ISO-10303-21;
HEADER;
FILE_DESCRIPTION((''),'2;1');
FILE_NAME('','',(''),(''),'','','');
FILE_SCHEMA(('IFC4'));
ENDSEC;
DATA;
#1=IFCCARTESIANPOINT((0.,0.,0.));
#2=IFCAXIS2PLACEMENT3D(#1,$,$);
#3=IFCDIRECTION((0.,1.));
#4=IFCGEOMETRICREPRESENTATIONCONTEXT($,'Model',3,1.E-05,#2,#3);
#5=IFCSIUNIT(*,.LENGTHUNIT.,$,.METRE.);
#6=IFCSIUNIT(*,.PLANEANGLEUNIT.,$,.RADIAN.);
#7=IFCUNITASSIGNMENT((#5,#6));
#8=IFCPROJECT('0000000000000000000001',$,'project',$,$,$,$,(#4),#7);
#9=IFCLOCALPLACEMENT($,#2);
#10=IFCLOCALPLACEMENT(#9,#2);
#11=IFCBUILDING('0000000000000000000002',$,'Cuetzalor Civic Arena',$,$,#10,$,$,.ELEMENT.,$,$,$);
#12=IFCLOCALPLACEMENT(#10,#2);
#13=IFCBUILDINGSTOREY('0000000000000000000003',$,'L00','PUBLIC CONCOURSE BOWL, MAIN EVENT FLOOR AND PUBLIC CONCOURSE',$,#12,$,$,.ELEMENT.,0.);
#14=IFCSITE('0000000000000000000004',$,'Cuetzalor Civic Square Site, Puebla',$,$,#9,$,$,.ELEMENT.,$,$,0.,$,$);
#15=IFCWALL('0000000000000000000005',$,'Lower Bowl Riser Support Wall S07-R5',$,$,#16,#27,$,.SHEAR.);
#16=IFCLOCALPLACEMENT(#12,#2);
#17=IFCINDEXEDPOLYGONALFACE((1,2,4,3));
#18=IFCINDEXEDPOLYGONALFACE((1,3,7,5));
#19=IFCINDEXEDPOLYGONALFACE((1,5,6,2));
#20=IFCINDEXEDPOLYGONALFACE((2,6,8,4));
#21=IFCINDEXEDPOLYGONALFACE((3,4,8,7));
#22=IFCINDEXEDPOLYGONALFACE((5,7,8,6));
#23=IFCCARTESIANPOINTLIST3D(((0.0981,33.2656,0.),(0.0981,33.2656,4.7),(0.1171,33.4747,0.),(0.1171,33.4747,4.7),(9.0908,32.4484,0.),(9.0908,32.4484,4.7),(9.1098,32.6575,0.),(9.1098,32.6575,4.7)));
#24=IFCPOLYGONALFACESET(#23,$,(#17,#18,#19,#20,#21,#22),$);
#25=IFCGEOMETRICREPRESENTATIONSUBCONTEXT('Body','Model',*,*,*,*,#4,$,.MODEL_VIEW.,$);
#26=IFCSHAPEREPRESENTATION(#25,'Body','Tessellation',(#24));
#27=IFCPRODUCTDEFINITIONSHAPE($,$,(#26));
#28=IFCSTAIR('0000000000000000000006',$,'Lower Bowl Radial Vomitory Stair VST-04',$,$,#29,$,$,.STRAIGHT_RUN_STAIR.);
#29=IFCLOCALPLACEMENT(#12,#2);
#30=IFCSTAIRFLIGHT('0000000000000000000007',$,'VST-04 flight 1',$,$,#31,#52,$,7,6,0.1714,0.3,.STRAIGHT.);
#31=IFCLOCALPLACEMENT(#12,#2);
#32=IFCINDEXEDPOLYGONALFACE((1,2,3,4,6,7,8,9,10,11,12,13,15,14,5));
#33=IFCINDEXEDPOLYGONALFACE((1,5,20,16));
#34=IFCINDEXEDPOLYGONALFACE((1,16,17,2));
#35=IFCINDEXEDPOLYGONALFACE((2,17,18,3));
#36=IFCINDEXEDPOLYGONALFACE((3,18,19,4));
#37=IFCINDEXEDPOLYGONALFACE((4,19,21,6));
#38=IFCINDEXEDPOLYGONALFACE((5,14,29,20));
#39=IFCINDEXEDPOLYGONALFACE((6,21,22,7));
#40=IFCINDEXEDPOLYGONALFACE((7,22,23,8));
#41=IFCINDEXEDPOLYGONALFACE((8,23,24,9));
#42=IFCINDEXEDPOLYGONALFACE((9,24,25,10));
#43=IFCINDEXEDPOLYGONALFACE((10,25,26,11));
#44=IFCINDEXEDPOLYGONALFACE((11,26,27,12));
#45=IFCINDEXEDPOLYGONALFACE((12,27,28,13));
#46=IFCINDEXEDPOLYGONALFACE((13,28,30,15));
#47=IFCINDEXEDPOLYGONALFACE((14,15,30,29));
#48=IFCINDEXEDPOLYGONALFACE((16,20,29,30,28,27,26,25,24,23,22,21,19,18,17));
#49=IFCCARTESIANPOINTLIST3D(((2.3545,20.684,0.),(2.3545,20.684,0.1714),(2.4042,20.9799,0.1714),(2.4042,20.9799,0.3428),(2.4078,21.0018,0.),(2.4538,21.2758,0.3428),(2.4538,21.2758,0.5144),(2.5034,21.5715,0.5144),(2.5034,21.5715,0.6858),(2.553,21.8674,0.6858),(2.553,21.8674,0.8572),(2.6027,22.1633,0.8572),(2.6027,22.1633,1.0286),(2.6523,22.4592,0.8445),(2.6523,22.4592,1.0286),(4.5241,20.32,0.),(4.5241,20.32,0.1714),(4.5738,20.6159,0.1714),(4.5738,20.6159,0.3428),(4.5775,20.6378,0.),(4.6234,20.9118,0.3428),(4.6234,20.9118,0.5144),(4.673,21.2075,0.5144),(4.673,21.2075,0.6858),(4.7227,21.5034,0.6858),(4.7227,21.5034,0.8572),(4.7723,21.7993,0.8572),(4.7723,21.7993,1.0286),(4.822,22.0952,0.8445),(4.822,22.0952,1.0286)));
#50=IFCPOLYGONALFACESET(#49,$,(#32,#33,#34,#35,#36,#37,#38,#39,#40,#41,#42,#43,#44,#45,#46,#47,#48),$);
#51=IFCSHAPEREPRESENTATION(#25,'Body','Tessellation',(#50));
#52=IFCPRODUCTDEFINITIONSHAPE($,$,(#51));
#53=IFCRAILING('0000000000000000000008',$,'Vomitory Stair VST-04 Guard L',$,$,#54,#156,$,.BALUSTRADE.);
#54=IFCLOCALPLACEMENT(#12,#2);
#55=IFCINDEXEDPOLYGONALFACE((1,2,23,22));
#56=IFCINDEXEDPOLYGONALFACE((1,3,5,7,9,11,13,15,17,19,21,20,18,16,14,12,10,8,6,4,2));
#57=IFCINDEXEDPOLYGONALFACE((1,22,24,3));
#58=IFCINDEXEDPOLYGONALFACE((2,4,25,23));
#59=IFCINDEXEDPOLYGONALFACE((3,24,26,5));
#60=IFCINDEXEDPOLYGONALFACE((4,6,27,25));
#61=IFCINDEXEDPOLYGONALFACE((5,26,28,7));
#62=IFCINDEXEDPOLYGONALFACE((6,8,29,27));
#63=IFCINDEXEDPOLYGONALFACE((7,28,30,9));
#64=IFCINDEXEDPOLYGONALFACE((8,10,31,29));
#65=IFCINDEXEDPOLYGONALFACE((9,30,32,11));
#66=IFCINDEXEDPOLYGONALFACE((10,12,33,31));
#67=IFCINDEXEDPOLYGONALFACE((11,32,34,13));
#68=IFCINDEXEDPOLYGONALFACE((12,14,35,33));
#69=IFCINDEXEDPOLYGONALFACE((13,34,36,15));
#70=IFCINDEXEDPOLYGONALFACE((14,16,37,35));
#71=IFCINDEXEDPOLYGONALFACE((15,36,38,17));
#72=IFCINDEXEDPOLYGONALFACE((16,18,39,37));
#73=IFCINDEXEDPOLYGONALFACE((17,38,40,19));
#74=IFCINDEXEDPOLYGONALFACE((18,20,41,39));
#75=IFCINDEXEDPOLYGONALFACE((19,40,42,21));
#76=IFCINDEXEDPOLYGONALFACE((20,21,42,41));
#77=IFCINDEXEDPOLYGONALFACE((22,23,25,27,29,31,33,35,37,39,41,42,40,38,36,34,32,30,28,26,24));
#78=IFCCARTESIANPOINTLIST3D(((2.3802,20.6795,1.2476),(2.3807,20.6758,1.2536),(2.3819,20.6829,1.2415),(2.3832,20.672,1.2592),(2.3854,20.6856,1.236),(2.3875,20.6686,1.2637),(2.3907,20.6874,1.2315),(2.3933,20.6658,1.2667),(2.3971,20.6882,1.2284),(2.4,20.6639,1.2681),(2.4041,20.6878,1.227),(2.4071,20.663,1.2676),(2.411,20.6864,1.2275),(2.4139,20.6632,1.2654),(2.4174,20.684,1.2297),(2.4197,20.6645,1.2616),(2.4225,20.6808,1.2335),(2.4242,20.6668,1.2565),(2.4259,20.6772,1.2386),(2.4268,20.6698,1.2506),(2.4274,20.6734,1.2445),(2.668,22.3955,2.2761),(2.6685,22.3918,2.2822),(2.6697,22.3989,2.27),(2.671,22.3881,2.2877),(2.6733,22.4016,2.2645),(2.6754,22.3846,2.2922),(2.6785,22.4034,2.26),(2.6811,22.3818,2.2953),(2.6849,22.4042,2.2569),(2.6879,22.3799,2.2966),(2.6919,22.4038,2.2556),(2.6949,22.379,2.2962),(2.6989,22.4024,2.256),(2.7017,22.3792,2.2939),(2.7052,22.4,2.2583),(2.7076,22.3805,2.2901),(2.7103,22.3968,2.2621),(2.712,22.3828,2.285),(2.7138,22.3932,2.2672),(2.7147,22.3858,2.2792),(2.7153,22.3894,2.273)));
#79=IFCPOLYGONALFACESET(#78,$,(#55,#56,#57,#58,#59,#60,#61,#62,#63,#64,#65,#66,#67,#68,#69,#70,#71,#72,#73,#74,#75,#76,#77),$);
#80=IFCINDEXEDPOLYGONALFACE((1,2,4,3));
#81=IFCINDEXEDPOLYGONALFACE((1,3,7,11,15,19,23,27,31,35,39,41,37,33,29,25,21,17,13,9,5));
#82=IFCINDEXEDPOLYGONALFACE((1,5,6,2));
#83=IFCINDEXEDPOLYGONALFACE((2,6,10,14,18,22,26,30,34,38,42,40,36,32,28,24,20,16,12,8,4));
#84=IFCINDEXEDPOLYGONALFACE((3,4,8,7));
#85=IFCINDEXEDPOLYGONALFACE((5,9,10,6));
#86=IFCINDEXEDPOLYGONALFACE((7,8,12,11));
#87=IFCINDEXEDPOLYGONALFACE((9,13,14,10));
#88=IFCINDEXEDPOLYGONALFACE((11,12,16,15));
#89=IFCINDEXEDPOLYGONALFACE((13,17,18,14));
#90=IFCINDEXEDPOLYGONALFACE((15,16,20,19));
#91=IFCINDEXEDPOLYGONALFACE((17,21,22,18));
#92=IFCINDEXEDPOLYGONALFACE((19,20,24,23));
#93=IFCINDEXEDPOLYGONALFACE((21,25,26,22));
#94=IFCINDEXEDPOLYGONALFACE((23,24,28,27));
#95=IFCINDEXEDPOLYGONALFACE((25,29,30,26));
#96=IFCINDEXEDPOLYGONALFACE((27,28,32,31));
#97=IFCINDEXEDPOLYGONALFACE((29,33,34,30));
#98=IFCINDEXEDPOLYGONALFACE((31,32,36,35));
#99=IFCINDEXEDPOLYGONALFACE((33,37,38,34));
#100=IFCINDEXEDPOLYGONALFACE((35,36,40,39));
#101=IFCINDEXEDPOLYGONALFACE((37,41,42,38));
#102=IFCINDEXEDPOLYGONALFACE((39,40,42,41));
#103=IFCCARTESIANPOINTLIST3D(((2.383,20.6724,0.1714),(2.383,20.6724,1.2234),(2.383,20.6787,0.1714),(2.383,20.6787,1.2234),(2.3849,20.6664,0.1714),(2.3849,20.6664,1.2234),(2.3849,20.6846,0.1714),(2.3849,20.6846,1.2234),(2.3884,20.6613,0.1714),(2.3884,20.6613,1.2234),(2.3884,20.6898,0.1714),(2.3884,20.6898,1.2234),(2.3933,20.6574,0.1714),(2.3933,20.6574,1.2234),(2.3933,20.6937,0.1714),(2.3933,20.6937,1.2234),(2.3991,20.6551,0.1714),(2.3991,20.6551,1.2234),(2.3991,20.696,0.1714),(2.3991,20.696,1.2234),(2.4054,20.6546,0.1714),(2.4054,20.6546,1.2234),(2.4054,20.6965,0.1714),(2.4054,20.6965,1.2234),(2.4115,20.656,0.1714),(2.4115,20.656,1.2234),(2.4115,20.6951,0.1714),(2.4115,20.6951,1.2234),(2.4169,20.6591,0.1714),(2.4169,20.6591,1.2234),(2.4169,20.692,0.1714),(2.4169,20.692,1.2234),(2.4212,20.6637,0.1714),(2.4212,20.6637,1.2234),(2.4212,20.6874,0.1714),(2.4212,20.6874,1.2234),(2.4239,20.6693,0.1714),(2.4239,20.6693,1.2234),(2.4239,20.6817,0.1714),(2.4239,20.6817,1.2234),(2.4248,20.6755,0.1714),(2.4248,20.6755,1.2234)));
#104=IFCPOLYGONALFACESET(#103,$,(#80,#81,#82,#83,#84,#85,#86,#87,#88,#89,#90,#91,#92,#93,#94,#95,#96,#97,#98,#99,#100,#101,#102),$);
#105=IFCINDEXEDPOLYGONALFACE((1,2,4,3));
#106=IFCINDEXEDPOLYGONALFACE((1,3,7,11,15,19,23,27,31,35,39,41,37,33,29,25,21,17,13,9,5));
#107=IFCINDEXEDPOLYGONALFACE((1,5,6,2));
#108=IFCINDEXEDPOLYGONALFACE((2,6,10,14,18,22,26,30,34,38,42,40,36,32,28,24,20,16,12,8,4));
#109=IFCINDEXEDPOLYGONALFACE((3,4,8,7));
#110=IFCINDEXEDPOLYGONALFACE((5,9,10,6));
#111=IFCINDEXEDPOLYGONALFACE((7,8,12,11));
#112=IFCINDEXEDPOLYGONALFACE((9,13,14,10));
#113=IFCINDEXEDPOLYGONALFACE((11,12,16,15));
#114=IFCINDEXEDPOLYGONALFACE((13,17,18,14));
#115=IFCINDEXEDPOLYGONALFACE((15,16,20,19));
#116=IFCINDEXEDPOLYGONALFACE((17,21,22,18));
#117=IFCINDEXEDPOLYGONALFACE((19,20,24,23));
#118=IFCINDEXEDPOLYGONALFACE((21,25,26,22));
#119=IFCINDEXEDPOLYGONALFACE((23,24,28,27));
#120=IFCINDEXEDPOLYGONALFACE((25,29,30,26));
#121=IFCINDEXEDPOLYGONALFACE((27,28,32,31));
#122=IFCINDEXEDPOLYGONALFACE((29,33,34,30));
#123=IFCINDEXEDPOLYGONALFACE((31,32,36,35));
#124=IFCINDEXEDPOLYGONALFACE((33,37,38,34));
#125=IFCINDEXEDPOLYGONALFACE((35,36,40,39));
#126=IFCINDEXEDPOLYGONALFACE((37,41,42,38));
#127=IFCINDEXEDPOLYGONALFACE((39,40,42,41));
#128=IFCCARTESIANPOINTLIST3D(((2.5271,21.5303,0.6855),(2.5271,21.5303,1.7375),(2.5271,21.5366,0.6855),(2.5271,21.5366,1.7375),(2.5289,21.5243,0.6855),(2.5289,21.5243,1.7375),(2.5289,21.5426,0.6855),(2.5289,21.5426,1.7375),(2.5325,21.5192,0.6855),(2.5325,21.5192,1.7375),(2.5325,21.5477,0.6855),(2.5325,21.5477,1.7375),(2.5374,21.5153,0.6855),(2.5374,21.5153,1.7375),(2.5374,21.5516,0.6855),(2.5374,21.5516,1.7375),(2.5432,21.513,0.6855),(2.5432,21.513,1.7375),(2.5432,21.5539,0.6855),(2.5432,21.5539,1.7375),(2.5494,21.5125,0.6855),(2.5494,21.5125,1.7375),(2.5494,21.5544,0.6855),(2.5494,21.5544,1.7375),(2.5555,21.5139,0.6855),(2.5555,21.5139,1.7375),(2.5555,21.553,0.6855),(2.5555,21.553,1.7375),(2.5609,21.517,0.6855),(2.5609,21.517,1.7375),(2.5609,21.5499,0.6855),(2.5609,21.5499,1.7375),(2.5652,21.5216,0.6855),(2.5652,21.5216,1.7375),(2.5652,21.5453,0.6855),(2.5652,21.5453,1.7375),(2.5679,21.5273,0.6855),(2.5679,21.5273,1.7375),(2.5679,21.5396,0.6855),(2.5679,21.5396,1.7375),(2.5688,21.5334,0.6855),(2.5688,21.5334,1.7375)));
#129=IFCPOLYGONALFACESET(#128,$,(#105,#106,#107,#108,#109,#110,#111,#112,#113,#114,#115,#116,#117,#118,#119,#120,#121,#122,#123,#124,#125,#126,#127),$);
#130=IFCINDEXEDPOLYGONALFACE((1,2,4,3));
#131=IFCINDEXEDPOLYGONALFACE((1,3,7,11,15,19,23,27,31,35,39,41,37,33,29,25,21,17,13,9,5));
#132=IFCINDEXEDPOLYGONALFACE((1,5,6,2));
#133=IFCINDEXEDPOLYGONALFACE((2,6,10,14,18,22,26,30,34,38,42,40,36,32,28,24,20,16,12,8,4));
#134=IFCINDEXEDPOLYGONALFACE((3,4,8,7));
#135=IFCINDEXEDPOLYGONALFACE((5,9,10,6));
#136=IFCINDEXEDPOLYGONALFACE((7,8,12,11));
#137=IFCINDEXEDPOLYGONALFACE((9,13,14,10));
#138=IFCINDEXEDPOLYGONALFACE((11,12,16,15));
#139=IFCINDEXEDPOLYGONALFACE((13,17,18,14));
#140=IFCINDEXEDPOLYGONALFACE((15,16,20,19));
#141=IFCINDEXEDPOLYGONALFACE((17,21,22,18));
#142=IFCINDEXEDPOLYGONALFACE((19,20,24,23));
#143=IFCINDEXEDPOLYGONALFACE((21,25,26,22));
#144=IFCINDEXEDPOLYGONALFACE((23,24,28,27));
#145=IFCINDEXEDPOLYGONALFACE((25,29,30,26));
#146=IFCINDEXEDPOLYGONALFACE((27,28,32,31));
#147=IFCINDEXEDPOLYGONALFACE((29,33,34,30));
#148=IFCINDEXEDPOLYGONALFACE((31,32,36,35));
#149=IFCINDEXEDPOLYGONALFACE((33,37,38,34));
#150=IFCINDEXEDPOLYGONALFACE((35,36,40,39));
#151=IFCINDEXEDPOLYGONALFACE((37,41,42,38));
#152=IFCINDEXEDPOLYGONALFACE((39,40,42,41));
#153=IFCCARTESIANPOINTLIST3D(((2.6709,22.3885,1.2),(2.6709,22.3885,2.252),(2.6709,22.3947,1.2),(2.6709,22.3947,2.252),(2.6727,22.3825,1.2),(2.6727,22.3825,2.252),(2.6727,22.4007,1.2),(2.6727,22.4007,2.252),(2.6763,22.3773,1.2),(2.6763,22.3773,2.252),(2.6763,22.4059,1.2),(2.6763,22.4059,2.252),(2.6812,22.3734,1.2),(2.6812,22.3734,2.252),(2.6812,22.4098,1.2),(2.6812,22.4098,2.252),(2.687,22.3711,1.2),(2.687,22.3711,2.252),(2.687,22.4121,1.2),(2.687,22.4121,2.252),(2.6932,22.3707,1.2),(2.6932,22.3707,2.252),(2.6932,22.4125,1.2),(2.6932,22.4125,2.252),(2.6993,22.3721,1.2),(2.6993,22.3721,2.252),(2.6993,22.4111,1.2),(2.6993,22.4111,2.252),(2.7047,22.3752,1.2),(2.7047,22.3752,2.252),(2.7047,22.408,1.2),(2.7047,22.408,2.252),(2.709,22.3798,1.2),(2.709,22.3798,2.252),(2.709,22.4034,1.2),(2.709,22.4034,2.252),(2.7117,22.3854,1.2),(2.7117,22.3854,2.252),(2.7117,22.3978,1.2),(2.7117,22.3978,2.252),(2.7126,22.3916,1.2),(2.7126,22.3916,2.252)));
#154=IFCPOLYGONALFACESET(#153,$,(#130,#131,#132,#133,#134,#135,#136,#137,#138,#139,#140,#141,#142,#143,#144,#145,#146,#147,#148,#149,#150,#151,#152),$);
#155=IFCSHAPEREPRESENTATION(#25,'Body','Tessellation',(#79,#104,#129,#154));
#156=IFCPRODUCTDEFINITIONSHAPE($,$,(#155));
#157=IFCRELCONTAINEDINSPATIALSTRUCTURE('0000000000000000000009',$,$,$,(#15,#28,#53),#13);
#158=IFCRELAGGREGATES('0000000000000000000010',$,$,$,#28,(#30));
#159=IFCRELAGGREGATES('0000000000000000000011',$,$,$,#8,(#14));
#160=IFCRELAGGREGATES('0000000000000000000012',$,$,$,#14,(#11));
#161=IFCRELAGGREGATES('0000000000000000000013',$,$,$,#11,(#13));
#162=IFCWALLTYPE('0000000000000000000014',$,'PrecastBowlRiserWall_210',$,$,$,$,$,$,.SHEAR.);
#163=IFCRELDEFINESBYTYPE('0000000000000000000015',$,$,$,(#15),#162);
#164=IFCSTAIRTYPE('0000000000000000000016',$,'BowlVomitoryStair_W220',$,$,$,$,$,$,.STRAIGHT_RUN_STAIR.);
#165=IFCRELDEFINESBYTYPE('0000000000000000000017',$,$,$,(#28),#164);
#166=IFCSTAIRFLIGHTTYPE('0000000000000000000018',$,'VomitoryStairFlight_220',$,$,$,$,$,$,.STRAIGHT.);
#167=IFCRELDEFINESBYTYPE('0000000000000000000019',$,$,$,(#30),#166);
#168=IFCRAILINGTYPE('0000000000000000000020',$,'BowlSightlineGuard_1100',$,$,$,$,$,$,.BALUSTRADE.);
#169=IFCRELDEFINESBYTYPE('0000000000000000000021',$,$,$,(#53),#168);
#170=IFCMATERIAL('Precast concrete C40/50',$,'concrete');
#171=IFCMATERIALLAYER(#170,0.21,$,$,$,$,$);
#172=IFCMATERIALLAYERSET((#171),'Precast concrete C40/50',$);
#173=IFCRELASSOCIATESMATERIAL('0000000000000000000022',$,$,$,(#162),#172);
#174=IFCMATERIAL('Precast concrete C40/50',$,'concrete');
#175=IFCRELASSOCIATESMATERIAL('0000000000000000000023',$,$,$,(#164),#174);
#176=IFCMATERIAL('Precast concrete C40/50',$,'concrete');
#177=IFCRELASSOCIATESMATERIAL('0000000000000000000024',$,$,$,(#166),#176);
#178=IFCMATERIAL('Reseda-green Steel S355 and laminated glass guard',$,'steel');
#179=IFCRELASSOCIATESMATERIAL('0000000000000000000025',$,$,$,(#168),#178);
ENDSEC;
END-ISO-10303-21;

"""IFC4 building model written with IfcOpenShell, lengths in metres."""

from ifc_helpers import new_model, si_unit, direction, frame, frame_2d, origin, origin_2d, place, context, subcontext, project, spatial, polyline, rectangle, circle, outline, extrude, material, layer, layer_set, type_object, element, aggregate, save


model = new_model("IFC4")

# Units and contexts
model_context = context("Model", 3, precision=1e-05, world=origin(), true_north=direction((0.0, 1.0)))
body_context = subcontext(model_context, "Body", "Model", "MODEL_VIEW")
ifc_project = project(units=[si_unit("LENGTHUNIT", "METRE"), si_unit("PLANEANGLEUNIT", "RADIAN")], contexts=[model_context])

# Site, building, storey
site_placement = place(None, origin())
site = spatial("IfcSite", under=ifc_project, at=site_placement, Name="Cuetzalor Civic Square Site, Puebla", CompositionType="ELEMENT", RefElevation=0.0)
building_placement = place(site_placement, origin())
building = spatial("IfcBuilding", under=site, at=building_placement, Name="Cuetzalor Civic Arena", CompositionType="ELEMENT")
storey_placement = place(building_placement, origin())
storey = spatial("IfcBuildingStorey", under=building, at=storey_placement, Name="L00", Description="PUBLIC CONCOURSE BOWL, MAIN EVENT FLOOR AND PUBLIC CONCOURSE", CompositionType="ELEMENT", Elevation=0.0)

# Wall
ifc_material_1 = material(Name="Precast concrete C40/50", Category="concrete")
ifc_layer = layer(ifc_material_1, 0.21)
ifc_layer_set = layer_set([ifc_layer], Name="Precast concrete C40/50")
wall_type = type_object("IfcWallType", Name="PrecastBowlRiserWall_210", PredefinedType="SHEAR", material=ifc_layer_set)
wall_1_placement = place(storey_placement, frame((9.1003, 32.553, 0.0), z_axis=(0.0, 0.0, 1.0), x_axis=(-0.995897, 0.090494, 0.0)))
element("IfcWall", 1, at=wall_1_placement, inside=storey, type_object=wall_type, Name="Lower Bowl Riser Support Wall S07-R5", PredefinedType="SHEAR", context=body_context, shape_type="SweptSolid", body=[
    extrude(rectangle(XDim=9.0298, YDim=0.21, at=frame_2d((4.5149, 0.0))), origin(), (0.0, 0.0, 1.0), 4.7),
])

# Stair, stair flight
ifc_material_2 = material(Name="Precast concrete C40/50", Category="concrete")
stair_type = type_object("IfcStairType", Name="BowlVomitoryStair_W220", PredefinedType="STRAIGHT_RUN_STAIR", material=ifc_material_2)
stair_placement = place(storey_placement, origin())
stair = element("IfcStair", 2, at=stair_placement, inside=storey, type_object=stair_type, Name="Lower Bowl Radial Vomitory Stair VST-04", PredefinedType="STRAIGHT_RUN_STAIR")
ifc_material_3 = material(Name="Precast concrete C40/50", Category="concrete")
stair_flight_type = type_object("IfcStairFlightType", Name="VomitoryStairFlight_220", PredefinedType="STRAIGHT", material=ifc_material_3)
stair_flight_placement = place(storey_placement, frame((3.4395, 20.502, 0.0), z_axis=(0.0, 0.0, 1.0), x_axis=(0.165444, 0.986219, 0.0)))
stair_flight = element("IfcStairFlight", 3, at=stair_flight_placement, type_object=stair_flight_type, Name="VST-04 flight 1", NumberOfRisers=7, NumberOfTreads=6, PredefinedType="STRAIGHT", RiserHeight=0.1714, TreadLength=0.3, context=body_context, shape_type="SweptSolid", body=[
    extrude(outline(polyline([(0.0, 0.0), (0.0, 0.1714), (0.3, 0.1714), (0.3, 0.3428), (0.6001, 0.3428), (0.6001, 0.5144), (0.8999, 0.5144), (0.8999, 0.6858), (1.2, 0.6858), (1.2, 0.8572), (1.5, 0.8572), (1.5, 1.0286), (1.8, 1.0286), (1.8, 1.2), (1.8, 0.8445), (0.3223, 0.0), (0.0, 0.0)])), frame((0.0, 1.1001, 0.0), z_axis=(0.0, -1.0, 0.0), x_axis=(1.0, 0.0, 0.0)), (0.0, 0.0, 1.0), 2.2),
])
aggregate(stair, [stair_flight])

# Railing
ifc_material_4 = material(Name="Reseda-green Steel S355 and laminated glass guard", Category="steel")
railing_type_1 = type_object("IfcRailingType", Name="BowlSightlineGuard_1100", PredefinedType="BALUSTRADE", material=ifc_material_4)
for number, where, name in (
    (4, (2.4038, 20.6755, 0.1714), "Vomitory Stair VST-04 Guard L"),
):
    element("IfcRailing", number, at=place(storey_placement, frame(where)), inside=storey, type_object=railing_type_1, Name=name, PredefinedType="BALUSTRADE", context=body_context, shape_type="SweptSolid", body=[
        extrude(circle(Radius=0.0239, at=origin_2d()), frame((0.0, 0.0, 1.0762), z_axis=(0.142404, 0.848988, 0.508862), x_axis=(-0.986223, 0.165423, 0.0)), (0.0, 0.0, 1.0), 2.0212),
        extrude(circle(Radius=0.021, at=origin_2d()), origin(), (0.0, 0.0, 1.0), 1.052),
        extrude(circle(Radius=0.021, at=origin_2d()), frame((0.144, 0.8579, 0.5142)), (0.0, 0.0, 1.0), 1.052),
        extrude(circle(Radius=0.021, at=origin_2d()), frame((0.2878, 1.7161, 1.0286)), (0.0, 0.0, 1.0), 1.052),
    ])

save(model, "model.ifc")
